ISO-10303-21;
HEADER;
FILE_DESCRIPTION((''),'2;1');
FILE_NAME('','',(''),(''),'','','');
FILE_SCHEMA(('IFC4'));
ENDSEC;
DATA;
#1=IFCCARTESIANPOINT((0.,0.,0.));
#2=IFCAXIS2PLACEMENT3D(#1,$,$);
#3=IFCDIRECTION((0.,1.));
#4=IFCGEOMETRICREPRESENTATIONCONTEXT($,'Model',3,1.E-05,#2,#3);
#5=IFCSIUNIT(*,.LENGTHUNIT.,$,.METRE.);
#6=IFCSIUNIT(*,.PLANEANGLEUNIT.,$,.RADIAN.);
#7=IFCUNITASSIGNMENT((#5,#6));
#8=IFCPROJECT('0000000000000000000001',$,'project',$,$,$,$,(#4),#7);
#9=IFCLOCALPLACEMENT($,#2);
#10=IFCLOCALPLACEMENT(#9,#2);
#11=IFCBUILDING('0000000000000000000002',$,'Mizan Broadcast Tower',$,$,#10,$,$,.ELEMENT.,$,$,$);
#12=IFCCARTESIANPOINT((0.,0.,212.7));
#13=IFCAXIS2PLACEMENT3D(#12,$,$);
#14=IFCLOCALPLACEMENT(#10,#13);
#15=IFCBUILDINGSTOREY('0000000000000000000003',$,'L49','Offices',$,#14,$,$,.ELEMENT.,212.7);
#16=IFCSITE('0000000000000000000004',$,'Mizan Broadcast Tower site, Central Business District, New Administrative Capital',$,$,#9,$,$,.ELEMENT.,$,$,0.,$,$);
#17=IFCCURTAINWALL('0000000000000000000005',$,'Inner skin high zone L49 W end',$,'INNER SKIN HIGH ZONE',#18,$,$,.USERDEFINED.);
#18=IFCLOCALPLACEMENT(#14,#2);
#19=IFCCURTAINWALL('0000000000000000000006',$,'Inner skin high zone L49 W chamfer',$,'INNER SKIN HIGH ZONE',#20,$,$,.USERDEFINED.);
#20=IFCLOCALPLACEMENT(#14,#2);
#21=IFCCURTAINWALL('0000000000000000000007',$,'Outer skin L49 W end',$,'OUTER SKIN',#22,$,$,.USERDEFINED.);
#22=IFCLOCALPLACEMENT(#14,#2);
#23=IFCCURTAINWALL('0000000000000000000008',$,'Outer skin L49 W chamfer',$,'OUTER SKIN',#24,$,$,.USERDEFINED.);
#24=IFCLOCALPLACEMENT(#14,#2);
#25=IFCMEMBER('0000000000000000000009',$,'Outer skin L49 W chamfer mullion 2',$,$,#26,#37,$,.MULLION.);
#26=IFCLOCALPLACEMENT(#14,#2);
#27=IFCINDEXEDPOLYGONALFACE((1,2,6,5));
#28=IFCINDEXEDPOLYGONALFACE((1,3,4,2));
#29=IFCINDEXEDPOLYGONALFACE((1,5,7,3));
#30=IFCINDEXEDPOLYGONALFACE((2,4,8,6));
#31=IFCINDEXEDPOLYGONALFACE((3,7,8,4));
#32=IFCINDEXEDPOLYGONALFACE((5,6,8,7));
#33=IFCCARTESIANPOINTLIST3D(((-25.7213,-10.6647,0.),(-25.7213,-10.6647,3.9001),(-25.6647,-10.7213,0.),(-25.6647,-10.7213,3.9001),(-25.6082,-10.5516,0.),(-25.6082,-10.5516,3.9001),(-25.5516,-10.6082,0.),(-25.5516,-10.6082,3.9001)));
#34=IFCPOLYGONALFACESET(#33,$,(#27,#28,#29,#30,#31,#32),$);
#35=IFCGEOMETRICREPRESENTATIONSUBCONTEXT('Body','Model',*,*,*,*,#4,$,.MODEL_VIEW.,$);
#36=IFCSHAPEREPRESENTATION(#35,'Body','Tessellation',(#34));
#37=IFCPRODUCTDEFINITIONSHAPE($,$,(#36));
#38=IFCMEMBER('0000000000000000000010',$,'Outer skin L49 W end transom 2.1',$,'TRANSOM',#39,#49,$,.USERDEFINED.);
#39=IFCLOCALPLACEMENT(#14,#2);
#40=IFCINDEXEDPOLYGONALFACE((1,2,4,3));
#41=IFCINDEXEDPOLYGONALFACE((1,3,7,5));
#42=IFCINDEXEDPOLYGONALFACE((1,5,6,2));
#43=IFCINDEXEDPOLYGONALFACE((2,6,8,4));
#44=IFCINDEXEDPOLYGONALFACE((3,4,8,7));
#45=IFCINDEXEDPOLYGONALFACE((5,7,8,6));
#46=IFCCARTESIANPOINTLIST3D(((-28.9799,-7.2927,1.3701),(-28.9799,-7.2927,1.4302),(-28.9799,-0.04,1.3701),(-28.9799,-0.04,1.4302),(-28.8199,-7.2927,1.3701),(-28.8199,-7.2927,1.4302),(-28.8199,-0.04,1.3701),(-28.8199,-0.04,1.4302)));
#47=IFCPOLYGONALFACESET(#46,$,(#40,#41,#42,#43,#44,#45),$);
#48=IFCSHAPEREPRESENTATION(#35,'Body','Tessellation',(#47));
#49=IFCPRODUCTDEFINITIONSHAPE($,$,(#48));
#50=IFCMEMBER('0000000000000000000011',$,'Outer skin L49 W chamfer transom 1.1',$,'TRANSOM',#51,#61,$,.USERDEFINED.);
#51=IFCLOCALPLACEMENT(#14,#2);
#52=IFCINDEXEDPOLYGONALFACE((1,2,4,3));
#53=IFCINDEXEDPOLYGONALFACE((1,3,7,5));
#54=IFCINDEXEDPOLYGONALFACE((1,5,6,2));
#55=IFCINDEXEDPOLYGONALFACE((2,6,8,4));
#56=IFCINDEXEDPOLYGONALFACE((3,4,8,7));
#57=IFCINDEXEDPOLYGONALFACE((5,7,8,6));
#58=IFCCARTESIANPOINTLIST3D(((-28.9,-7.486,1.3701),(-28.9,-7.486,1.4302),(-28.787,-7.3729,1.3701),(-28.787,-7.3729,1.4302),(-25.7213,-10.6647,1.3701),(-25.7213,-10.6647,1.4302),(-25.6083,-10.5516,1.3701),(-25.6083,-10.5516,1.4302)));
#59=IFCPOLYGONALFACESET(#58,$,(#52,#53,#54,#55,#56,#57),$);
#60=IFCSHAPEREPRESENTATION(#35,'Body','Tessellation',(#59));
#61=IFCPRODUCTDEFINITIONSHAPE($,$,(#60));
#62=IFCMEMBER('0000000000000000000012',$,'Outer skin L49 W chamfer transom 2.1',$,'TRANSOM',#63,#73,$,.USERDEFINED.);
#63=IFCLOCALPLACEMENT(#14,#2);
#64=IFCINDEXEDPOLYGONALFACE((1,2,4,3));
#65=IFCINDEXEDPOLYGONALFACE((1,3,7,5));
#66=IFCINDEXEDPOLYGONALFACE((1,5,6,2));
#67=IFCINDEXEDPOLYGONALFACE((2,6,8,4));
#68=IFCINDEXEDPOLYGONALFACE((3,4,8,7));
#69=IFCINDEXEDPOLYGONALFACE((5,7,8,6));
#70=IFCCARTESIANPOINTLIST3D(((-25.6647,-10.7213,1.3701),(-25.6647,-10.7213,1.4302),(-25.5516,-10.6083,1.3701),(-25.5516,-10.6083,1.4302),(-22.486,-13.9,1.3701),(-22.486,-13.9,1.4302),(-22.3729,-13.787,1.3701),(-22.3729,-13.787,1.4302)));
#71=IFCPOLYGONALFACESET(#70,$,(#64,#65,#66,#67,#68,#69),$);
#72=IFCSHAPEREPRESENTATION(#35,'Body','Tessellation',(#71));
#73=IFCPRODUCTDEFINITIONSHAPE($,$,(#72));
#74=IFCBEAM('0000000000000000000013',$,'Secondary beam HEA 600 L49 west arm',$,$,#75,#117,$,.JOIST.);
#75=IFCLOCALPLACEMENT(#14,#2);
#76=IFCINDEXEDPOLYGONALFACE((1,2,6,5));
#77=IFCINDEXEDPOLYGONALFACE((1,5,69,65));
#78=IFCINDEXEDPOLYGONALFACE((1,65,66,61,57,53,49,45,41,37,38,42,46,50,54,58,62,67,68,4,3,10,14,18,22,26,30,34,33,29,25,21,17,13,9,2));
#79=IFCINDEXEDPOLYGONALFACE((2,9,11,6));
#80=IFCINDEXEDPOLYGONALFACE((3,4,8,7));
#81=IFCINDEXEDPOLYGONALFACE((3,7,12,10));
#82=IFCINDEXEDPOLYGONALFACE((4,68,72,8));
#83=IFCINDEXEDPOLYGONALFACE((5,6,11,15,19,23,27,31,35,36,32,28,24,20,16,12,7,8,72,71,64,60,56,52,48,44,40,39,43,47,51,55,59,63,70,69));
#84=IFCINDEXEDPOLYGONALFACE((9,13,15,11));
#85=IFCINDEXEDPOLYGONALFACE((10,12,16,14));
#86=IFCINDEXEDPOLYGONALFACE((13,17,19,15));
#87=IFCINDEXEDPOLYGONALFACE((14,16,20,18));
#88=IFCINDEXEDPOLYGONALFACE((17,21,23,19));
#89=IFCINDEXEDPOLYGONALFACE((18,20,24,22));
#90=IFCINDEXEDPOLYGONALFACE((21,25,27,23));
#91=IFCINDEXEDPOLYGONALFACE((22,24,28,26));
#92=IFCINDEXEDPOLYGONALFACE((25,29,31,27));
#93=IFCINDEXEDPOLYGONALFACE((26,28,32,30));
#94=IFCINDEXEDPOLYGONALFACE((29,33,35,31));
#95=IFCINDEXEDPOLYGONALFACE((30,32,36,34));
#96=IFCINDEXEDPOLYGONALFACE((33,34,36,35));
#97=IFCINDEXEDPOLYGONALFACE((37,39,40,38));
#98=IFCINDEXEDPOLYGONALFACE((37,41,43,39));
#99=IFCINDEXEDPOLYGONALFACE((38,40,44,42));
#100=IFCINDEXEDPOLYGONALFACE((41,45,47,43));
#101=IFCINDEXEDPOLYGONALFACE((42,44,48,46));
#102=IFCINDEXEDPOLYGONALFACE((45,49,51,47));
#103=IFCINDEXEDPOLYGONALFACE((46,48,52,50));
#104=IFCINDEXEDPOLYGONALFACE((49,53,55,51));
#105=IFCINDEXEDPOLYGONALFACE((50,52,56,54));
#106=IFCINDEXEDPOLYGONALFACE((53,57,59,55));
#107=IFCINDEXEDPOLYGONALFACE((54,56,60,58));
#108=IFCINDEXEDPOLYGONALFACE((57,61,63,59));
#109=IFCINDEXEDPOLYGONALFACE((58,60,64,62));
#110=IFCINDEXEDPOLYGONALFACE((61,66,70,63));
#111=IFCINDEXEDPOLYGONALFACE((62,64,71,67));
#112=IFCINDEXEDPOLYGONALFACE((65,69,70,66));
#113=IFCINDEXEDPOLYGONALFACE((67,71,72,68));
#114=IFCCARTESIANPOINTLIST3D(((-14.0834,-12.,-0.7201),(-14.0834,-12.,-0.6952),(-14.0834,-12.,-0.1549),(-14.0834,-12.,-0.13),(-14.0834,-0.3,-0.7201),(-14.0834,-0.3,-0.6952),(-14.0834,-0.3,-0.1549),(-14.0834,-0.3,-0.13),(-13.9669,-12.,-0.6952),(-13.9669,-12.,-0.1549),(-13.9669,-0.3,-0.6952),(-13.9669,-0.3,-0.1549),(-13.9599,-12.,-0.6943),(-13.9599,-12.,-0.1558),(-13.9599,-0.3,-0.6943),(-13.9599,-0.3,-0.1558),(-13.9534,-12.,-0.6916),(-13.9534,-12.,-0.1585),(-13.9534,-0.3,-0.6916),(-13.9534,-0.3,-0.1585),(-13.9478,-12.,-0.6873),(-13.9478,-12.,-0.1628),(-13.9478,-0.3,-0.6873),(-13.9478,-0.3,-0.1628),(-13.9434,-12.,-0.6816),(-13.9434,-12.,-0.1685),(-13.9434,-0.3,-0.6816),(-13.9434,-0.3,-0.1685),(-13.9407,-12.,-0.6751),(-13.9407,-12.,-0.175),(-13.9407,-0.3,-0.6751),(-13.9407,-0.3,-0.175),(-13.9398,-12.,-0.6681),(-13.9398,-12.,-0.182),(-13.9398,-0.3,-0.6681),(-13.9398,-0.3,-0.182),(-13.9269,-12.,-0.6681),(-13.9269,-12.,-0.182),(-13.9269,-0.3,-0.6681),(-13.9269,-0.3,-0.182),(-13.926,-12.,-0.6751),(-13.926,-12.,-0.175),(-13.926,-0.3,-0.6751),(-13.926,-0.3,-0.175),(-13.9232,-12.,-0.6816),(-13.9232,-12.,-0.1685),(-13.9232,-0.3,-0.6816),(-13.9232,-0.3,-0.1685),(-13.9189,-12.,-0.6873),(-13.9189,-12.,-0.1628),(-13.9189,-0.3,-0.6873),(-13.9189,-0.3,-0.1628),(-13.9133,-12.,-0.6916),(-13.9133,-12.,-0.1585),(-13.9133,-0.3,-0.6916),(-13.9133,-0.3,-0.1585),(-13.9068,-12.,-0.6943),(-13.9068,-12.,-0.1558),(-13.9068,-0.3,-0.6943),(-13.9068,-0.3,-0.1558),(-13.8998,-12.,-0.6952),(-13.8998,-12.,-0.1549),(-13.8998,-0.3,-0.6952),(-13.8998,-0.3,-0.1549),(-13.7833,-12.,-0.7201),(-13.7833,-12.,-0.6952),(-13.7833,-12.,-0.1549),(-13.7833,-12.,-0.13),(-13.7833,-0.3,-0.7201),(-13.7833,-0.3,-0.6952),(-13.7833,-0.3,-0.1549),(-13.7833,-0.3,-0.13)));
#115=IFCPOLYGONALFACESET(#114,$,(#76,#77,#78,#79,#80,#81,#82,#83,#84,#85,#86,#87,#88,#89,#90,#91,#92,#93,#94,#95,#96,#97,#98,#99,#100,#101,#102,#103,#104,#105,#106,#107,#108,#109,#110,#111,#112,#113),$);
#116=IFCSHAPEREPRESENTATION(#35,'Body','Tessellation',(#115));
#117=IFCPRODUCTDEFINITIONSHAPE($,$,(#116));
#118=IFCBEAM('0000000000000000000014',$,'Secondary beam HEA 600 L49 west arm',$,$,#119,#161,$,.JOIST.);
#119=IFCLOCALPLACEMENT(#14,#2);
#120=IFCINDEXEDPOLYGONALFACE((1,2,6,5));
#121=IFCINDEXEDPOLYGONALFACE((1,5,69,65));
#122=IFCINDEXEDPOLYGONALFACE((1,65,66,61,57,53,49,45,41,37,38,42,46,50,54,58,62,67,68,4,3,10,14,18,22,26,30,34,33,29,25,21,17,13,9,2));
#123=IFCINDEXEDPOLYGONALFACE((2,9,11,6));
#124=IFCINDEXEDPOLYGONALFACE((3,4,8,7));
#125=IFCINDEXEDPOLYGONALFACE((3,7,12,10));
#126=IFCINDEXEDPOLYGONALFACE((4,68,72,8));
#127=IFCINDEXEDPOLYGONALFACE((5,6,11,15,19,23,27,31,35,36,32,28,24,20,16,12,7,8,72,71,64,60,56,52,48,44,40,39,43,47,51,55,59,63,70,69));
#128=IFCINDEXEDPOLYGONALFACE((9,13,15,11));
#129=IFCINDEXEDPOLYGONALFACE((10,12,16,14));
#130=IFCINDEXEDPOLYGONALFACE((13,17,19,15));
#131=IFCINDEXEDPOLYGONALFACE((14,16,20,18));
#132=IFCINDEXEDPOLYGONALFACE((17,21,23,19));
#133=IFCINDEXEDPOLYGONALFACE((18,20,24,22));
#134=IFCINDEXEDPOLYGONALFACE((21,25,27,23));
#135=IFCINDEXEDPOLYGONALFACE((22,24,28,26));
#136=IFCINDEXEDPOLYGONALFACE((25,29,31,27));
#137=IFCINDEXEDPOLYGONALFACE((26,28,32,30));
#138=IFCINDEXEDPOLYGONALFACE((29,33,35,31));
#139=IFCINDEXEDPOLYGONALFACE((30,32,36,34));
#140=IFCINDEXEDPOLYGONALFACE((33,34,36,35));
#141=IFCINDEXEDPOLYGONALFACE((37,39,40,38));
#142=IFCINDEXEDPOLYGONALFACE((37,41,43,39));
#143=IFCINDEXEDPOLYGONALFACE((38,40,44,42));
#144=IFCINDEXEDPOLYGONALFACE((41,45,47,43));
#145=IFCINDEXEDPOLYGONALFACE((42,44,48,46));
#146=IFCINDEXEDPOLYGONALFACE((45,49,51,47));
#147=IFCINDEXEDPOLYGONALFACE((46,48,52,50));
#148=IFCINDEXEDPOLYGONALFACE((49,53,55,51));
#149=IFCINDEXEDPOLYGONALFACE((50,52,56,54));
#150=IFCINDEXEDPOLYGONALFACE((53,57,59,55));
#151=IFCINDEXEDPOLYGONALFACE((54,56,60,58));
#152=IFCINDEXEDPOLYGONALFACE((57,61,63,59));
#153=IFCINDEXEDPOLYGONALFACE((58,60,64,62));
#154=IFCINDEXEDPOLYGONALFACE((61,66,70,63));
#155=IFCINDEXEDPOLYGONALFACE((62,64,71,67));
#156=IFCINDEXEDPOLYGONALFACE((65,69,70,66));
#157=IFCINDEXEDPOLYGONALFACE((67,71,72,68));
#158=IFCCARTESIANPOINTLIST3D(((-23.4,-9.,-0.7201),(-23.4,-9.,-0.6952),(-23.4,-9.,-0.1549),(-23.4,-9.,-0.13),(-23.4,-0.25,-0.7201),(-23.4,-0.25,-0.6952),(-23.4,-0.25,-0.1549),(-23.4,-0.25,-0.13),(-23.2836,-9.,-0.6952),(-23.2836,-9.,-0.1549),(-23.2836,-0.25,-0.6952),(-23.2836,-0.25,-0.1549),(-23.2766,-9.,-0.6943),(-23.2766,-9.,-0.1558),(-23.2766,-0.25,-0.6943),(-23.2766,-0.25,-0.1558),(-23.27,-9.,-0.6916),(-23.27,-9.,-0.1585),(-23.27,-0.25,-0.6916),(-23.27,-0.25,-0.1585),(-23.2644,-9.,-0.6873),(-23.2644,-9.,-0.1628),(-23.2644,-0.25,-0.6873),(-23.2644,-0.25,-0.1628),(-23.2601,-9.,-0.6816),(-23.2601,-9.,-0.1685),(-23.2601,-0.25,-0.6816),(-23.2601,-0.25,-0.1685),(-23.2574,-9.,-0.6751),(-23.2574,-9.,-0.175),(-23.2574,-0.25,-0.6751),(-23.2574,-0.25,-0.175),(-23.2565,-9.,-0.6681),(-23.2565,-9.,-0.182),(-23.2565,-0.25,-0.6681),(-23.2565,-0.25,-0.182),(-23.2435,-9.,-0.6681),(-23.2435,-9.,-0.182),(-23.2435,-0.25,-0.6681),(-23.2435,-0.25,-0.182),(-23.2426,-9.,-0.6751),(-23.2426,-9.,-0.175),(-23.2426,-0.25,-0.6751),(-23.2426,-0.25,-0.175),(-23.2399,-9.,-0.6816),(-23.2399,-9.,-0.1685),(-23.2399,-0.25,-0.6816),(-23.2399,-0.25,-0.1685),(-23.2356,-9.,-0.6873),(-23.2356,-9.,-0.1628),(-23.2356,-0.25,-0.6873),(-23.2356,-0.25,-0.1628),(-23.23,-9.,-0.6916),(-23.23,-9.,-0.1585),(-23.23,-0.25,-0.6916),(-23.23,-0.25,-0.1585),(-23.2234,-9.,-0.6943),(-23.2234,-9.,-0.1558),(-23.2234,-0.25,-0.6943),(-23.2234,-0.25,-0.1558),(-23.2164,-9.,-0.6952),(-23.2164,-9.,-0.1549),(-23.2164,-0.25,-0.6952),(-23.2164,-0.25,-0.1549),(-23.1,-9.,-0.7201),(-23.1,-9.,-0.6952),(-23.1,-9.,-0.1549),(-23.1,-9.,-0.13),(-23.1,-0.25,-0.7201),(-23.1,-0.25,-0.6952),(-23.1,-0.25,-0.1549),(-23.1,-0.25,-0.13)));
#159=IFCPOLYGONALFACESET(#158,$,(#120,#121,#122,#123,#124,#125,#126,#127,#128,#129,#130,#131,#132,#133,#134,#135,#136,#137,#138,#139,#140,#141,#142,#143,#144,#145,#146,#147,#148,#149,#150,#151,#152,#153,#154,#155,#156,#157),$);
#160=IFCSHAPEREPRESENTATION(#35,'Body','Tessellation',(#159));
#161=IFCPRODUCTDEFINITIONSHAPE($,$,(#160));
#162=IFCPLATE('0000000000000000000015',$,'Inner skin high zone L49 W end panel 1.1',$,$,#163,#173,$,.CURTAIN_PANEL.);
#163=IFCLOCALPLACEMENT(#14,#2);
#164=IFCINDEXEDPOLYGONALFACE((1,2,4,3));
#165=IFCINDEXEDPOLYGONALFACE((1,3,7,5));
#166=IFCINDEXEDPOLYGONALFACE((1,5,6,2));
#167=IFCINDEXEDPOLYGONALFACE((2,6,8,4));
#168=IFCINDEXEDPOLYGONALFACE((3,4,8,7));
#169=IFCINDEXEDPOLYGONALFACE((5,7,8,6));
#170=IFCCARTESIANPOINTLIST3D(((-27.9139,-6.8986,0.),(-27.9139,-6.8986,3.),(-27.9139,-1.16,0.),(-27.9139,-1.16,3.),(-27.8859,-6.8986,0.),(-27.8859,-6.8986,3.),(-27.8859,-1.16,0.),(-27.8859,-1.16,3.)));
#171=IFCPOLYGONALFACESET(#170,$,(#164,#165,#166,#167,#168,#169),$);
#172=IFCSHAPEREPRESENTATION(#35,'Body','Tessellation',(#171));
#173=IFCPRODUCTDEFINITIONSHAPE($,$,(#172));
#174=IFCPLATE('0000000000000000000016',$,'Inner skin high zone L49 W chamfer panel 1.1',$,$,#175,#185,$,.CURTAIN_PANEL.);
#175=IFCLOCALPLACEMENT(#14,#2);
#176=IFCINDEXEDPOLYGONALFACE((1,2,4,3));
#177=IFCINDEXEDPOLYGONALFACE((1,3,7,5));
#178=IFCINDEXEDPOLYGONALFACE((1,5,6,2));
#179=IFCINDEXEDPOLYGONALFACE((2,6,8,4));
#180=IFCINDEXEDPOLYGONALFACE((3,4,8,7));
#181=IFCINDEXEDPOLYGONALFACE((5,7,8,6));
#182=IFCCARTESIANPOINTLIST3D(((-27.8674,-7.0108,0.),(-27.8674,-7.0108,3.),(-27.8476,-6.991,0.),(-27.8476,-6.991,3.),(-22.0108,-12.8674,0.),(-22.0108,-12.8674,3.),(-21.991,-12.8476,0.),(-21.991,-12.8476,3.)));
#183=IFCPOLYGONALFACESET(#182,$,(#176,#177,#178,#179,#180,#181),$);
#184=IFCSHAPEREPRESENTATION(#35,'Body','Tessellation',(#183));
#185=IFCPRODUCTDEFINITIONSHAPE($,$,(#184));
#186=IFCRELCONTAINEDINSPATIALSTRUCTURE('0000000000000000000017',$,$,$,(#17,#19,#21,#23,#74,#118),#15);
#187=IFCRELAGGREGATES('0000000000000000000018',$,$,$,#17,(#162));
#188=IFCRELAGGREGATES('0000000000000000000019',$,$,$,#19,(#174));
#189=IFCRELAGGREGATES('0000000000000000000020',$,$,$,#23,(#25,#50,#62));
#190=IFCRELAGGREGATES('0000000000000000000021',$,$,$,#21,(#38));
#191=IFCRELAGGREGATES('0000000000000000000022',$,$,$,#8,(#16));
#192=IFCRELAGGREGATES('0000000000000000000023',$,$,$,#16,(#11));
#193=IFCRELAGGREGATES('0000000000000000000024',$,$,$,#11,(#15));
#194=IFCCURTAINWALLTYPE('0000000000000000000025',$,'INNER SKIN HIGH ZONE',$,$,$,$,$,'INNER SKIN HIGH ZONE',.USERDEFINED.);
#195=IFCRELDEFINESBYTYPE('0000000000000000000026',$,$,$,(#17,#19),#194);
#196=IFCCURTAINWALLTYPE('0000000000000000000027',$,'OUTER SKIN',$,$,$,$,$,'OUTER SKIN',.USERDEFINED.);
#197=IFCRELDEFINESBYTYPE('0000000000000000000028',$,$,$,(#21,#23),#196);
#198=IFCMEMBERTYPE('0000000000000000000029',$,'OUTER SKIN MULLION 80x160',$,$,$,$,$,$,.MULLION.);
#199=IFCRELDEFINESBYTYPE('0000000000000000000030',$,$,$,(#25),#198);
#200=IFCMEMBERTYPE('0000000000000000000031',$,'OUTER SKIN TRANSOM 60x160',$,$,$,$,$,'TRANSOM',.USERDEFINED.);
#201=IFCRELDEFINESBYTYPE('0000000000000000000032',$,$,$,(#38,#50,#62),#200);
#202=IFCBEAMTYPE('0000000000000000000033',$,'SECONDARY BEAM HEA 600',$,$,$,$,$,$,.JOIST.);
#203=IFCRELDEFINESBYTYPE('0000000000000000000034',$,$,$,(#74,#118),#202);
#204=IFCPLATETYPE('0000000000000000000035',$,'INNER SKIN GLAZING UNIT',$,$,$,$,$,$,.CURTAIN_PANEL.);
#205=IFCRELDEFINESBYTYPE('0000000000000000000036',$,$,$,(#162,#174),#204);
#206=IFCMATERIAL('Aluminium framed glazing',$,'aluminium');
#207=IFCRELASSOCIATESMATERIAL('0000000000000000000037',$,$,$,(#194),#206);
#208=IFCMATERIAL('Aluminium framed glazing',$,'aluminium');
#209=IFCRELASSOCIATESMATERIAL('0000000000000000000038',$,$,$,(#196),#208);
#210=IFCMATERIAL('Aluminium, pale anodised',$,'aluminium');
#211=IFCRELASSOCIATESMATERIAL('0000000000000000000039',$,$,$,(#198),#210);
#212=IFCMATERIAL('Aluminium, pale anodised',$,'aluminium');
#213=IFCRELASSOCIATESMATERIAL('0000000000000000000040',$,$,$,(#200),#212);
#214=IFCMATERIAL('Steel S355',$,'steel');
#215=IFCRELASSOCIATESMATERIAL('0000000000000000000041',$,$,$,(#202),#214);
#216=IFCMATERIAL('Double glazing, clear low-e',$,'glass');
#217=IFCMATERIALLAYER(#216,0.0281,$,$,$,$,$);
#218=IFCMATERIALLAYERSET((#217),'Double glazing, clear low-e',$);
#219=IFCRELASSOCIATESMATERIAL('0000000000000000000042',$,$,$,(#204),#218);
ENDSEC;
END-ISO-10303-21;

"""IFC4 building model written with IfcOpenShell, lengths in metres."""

from ifc_helpers import new_model, si_unit, direction, frame, origin, origin_2d, place, context, subcontext, project, spatial, rectangle, i_section, extrude, material, layer, layer_set, material_profile, profile_set, type_object, element, aggregate, save


model = new_model("IFC4")

# Units and contexts
model_context = context("Model", 3, precision=1e-05, world=origin(), true_north=direction((0.0, 1.0)))
body_context = subcontext(model_context, "Body", "Model", "MODEL_VIEW")
ifc_project = project(units=[si_unit("LENGTHUNIT", "METRE"), si_unit("PLANEANGLEUNIT", "RADIAN")], contexts=[model_context])

# Site, building, storey
site_placement = place(None, origin())
site = spatial("IfcSite", under=ifc_project, at=site_placement, Name="Mizan Broadcast Tower site, Central Business District, New Administrative Capital", CompositionType="ELEMENT", RefElevation=0.0)
building_placement = place(site_placement, origin())
building = spatial("IfcBuilding", under=site, at=building_placement, Name="Mizan Broadcast Tower", CompositionType="ELEMENT")
storey_placement = place(building_placement, frame((0.0, 0.0, 212.7)))
storey = spatial("IfcBuildingStorey", under=building, at=storey_placement, Name="L49", Description="Offices", CompositionType="ELEMENT", Elevation=212.7)

# Curtain wall
ifc_material_1 = material(Name="Aluminium framed glazing", Category="aluminium")
curtain_wall_type_1 = type_object("IfcCurtainWallType", Name="INNER SKIN HIGH ZONE", ElementType="INNER SKIN HIGH ZONE", PredefinedType="USERDEFINED", material=ifc_material_1)
curtain_wall_1_placement = place(storey_placement, origin())
curtain_wall_1 = element("IfcCurtainWall", 1, at=curtain_wall_1_placement, inside=storey, type_object=curtain_wall_type_1, Name="Inner skin high zone L49 W end", ObjectType="INNER SKIN HIGH ZONE", PredefinedType="USERDEFINED")

# Curtain wall
curtain_wall_2_placement = place(storey_placement, origin())
curtain_wall_2 = element("IfcCurtainWall", 2, at=curtain_wall_2_placement, inside=storey, type_object=curtain_wall_type_1, Name="Inner skin high zone L49 W chamfer", ObjectType="INNER SKIN HIGH ZONE", PredefinedType="USERDEFINED")

# Curtain wall
ifc_material_2 = material(Name="Aluminium framed glazing", Category="aluminium")
curtain_wall_type_2 = type_object("IfcCurtainWallType", Name="OUTER SKIN", ElementType="OUTER SKIN", PredefinedType="USERDEFINED", material=ifc_material_2)
curtain_wall_3_placement = place(storey_placement, origin())
curtain_wall_3 = element("IfcCurtainWall", 3, at=curtain_wall_3_placement, inside=storey, type_object=curtain_wall_type_2, Name="Outer skin L49 W end", ObjectType="OUTER SKIN", PredefinedType="USERDEFINED")
ifc_material_3 = material(Name="Aluminium, pale anodised", Category="aluminium")
ifc_material_profile_1 = material_profile(ifc_material_3, rectangle(XDim=0.1599, YDim=0.0801, at=origin_2d()), Name="MULLION 160x80")
ifc_profile_set_1 = profile_set([ifc_material_profile_1], Name="Aluminium, pale anodised")
member_type_1 = type_object("IfcMemberType", Name="OUTER SKIN MULLION 80x160", PredefinedType="MULLION", material=ifc_profile_set_1)

# Curtain wall, member
curtain_wall_4_placement = place(storey_placement, origin())
curtain_wall_4 = element("IfcCurtainWall", 4, at=curtain_wall_4_placement, inside=storey, type_object=curtain_wall_type_2, Name="Outer skin L49 W chamfer", ObjectType="OUTER SKIN", PredefinedType="USERDEFINED")
member_1_placement = place(storey_placement, frame((-25.6365, -10.6365, 0.0), z_axis=(0.0, 0.0, 1.0), x_axis=(0.707107, 0.707107, 0.0)))
member_1 = element("IfcMember", 5, at=member_1_placement, type_object=member_type_1, Name="Outer skin L49 W chamfer mullion 2", PredefinedType="MULLION", context=body_context, shape_type="SweptSolid", body=[
    extrude(rectangle(XDim=0.1599, YDim=0.0801, at=origin_2d()), origin(), (0.0, 0.0, 1.0), 3.9001),
])

# Members
ifc_material_4 = material(Name="Aluminium, pale anodised", Category="aluminium")
ifc_material_profile_2 = material_profile(ifc_material_4, rectangle(XDim=0.1599, YDim=0.0601, at=origin_2d()), Name="TRANSOM 160x60")
ifc_profile_set_2 = profile_set([ifc_material_profile_2], Name="Aluminium, pale anodised")
member_type_2 = type_object("IfcMemberType", Name="OUTER SKIN TRANSOM 60x160", ElementType="TRANSOM", PredefinedType="USERDEFINED", material=ifc_profile_set_2)
member_2_placement = place(storey_placement, frame((-28.8999, -0.04, 1.4001), z_axis=(0.0, -1.0, 0.0), x_axis=(1.0, 0.0, 0.0)))
member_2 = element("IfcMember", 6, at=member_2_placement, type_object=member_type_2, Name="Outer skin L49 W end transom 2.1", ObjectType="TRANSOM", PredefinedType="USERDEFINED", context=body_context, shape_type="SweptSolid", body=[
    extrude(rectangle(XDim=0.1599, YDim=0.0601, at=origin_2d()), origin(), (0.0, 0.0, 1.0), 7.2527),
])
member_3_placement = place(storey_placement, frame((-28.8435, -7.4294, 1.4001), z_axis=(0.707107, -0.707107, 0.0), x_axis=(0.707107, 0.707107, 0.0)))
member_3 = element("IfcMember", 7, at=member_3_placement, type_object=member_type_2, Name="Outer skin L49 W chamfer transom 1.1", ObjectType="TRANSOM", PredefinedType="USERDEFINED", context=body_context, shape_type="SweptSolid", body=[
    extrude(rectangle(XDim=0.1599, YDim=0.0601, at=origin_2d()), origin(), (0.0, 0.0, 1.0), 4.4954),
])
member_4_placement = place(storey_placement, frame((-25.6082, -10.6648, 1.4001), z_axis=(0.707107, -0.707107, 0.0), x_axis=(0.707107, 0.707107, 0.0)))
member_4 = element("IfcMember", 8, at=member_4_placement, type_object=member_type_2, Name="Outer skin L49 W chamfer transom 2.1", ObjectType="TRANSOM", PredefinedType="USERDEFINED", context=body_context, shape_type="SweptSolid", body=[
    extrude(rectangle(XDim=0.1599, YDim=0.0601, at=origin_2d()), origin(), (0.0, 0.0, 1.0), 4.4954),
])

# Beams
ifc_material_5 = material(Name="Steel S355", Category="steel")
ifc_material_profile_3 = material_profile(ifc_material_5, i_section(OverallWidth=0.3, OverallDepth=0.5901, WebThickness=0.0129, FlangeThickness=0.0249, FilletRadius=0.0271, at=origin_2d()), Name="HEA 600")
ifc_profile_set_3 = profile_set([ifc_material_profile_3], Name="Steel S355")
beam_type_1 = type_object("IfcBeamType", Name="SECONDARY BEAM HEA 600", PredefinedType="JOIST", material=ifc_profile_set_3)
beam_1_placement = place(storey_placement, frame((-13.9333, -12.0, -0.425), z_axis=(0.0, 1.0, 0.0), x_axis=(-1.0, 0.0, 0.0)))
element("IfcBeam", 9, at=beam_1_placement, inside=storey, type_object=beam_type_1, Name="Secondary beam HEA 600 L49 west arm", PredefinedType="JOIST", context=body_context, shape_type="SweptSolid", body=[
    extrude(i_section(OverallWidth=0.3, OverallDepth=0.5901, WebThickness=0.0129, FlangeThickness=0.0249, FilletRadius=0.0271, at=origin_2d()), origin(), (0.0, 0.0, 1.0), 11.7),
])
beam_2_placement = place(storey_placement, frame((-23.25, -9.0, -0.425), z_axis=(0.0, 1.0, 0.0), x_axis=(-1.0, 0.0, 0.0)))
element("IfcBeam", 10, at=beam_2_placement, inside=storey, type_object=beam_type_1, Name="Secondary beam HEA 600 L49 west arm", PredefinedType="JOIST", context=body_context, shape_type="SweptSolid", body=[
    extrude(i_section(OverallWidth=0.3, OverallDepth=0.5901, WebThickness=0.0129, FlangeThickness=0.0249, FilletRadius=0.0271, at=origin_2d()), origin(), (0.0, 0.0, 1.0), 8.75),
])

# Plates
ifc_material_6 = material(Name="Double glazing, clear low-e", Category="glass")
ifc_layer_1 = layer(ifc_material_6, 0.0281)
ifc_layer_set_1 = layer_set([ifc_layer_1], Name="Double glazing, clear low-e")
plate_type_1 = type_object("IfcPlateType", Name="INNER SKIN GLAZING UNIT", PredefinedType="CURTAIN_PANEL", material=ifc_layer_set_1)
plate_1_placement = place(storey_placement, frame((-27.8999, -4.0293, 0.0), z_axis=(0.0, 0.0, 1.0), x_axis=(0.0, -1.0, 0.0)))
plate_1 = element("IfcPlate", 11, at=plate_1_placement, type_object=plate_type_1, Name="Inner skin high zone L49 W end panel 1.1", PredefinedType="CURTAIN_PANEL", context=body_context, shape_type="SweptSolid", body=[
    extrude(rectangle(XDim=5.7385, YDim=0.0281, at=origin_2d()), origin(), (0.0, 0.0, 1.0), 3.0),
])
plate_2_placement = place(storey_placement, frame((-24.9292, -9.9292, 0.0), z_axis=(0.0, 0.0, 1.0), x_axis=(0.707107, -0.707107, 0.0)))
plate_2 = element("IfcPlate", 12, at=plate_2_placement, type_object=plate_type_1, Name="Inner skin high zone L49 W chamfer panel 1.1", PredefinedType="CURTAIN_PANEL", context=body_context, shape_type="SweptSolid", body=[
    extrude(rectangle(XDim=8.2825, YDim=0.0281, at=origin_2d()), origin(), (0.0, 0.0, 1.0), 3.0),
])
aggregate(curtain_wall_1, [plate_1])
aggregate(curtain_wall_2, [plate_2])
aggregate(curtain_wall_4, [member_1, member_3, member_4])
aggregate(curtain_wall_3, [member_2])

save(model, "model.ifc")
